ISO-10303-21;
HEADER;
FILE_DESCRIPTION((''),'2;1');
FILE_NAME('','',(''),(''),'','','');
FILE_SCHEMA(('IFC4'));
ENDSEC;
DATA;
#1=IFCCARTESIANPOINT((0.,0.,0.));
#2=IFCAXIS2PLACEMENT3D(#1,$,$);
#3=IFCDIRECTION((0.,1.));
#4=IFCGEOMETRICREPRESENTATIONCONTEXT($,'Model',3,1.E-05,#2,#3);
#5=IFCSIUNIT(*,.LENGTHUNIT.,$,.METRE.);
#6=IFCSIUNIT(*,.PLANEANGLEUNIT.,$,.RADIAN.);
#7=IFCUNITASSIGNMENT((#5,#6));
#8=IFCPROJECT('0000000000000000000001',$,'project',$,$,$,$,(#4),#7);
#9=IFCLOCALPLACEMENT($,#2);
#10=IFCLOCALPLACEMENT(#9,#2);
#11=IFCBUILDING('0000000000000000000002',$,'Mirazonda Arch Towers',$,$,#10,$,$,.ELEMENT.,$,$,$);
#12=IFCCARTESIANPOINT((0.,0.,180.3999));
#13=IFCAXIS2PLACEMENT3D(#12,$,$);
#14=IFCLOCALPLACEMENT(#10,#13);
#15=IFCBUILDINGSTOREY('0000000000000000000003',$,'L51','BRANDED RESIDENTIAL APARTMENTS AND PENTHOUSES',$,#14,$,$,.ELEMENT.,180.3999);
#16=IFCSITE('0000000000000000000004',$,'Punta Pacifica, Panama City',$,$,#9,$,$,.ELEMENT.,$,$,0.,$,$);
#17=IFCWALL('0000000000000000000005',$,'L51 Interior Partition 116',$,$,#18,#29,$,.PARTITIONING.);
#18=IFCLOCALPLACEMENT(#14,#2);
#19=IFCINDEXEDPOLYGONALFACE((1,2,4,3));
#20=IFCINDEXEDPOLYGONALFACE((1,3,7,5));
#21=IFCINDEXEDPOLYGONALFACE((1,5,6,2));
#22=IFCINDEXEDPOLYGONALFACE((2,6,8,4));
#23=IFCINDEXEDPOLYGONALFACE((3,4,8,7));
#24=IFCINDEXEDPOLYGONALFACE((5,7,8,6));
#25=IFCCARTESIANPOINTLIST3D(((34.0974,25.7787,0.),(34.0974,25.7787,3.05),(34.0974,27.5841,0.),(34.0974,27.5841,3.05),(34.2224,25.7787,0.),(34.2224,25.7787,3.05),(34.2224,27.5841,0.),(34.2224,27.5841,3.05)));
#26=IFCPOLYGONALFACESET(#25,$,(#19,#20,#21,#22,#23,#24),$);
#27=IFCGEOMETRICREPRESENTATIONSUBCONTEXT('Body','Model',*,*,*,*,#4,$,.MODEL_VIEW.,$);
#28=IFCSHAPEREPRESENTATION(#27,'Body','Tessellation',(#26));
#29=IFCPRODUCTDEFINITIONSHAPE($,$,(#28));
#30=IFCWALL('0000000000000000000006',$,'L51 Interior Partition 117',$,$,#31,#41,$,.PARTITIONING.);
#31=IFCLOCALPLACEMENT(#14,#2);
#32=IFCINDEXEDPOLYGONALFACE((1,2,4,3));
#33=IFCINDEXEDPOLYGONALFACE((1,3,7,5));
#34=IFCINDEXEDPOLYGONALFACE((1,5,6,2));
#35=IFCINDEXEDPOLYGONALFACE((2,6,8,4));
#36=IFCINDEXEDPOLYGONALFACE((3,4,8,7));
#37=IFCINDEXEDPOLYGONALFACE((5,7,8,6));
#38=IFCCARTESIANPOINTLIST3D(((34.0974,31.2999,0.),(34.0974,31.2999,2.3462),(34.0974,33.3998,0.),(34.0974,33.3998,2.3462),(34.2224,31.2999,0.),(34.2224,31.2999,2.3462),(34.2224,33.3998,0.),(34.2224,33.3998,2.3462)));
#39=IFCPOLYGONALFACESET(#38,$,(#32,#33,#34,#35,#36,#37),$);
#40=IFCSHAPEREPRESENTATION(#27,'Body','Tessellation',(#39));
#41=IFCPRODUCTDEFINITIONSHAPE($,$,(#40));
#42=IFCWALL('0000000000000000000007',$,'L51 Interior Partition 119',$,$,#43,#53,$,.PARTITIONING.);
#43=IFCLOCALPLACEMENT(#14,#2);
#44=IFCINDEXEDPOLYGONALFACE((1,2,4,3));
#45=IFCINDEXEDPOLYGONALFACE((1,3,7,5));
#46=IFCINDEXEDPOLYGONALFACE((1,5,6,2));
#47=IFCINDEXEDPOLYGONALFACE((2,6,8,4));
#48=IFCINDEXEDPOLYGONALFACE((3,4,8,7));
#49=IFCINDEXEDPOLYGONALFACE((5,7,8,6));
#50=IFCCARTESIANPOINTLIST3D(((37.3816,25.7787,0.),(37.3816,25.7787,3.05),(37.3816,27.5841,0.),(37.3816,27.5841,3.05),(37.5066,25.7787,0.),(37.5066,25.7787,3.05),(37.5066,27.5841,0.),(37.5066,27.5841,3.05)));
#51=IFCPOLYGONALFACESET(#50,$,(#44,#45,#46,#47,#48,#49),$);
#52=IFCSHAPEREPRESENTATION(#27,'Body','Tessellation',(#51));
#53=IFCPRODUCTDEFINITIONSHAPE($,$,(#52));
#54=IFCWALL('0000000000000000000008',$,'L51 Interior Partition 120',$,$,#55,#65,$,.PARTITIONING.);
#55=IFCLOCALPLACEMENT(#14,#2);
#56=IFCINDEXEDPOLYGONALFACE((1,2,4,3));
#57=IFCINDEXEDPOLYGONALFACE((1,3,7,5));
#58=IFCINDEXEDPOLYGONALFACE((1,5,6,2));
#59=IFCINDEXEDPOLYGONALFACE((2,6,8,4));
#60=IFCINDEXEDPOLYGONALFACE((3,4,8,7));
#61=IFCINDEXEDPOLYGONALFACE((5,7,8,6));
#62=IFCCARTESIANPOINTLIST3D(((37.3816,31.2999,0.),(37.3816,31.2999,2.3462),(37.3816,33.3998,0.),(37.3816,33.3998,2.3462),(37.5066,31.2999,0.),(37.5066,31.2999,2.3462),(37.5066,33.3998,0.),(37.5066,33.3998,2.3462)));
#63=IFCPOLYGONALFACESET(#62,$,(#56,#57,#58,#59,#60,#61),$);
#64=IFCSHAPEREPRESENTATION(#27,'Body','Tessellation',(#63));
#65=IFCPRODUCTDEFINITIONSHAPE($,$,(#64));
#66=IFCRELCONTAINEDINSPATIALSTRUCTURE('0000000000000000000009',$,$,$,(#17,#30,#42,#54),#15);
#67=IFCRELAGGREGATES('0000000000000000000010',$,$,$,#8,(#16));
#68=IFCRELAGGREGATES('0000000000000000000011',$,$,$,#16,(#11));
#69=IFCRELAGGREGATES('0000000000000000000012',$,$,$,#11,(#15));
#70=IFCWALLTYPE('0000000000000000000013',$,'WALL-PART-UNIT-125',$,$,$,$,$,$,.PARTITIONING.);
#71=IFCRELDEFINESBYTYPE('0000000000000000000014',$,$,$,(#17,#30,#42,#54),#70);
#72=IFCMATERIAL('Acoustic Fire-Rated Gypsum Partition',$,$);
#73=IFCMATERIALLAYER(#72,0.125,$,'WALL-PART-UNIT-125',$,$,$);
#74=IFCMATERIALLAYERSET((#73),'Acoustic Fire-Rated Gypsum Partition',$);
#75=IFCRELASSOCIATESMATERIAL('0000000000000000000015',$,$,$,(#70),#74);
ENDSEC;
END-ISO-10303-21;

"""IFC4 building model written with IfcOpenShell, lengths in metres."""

from ifc_helpers import new_model, si_unit, direction, frame, frame_2d, origin, place, context, subcontext, project, spatial, rectangle, extrude, material, layer, layer_set, type_object, element, save


model = new_model("IFC4")

# Units and contexts
model_context = context("Model", 3, precision=1e-05, world=origin(), true_north=direction((0.0, 1.0)))
body_context = subcontext(model_context, "Body", "Model", "MODEL_VIEW")
ifc_project = project(units=[si_unit("LENGTHUNIT", "METRE"), si_unit("PLANEANGLEUNIT", "RADIAN")], contexts=[model_context])

# Site, building, storey
site_placement = place(None, origin())
site = spatial("IfcSite", under=ifc_project, at=site_placement, Name="Punta Pacifica, Panama City", CompositionType="ELEMENT", RefElevation=0.0)
building_placement = place(site_placement, origin())
building = spatial("IfcBuilding", under=site, at=building_placement, Name="Mirazonda Arch Towers", CompositionType="ELEMENT")
storey_placement = place(building_placement, frame((0.0, 0.0, 180.3999)))
storey = spatial("IfcBuildingStorey", under=building, at=storey_placement, Name="L51", Description="BRANDED RESIDENTIAL APARTMENTS AND PENTHOUSES", CompositionType="ELEMENT", Elevation=180.3999)

# Walls
ifc_material_1 = material(Name="Acoustic Fire-Rated Gypsum Partition")
ifc_layer_1 = layer(ifc_material_1, 0.125, Name="WALL-PART-UNIT-125")
ifc_layer_set_1 = layer_set([ifc_layer_1], Name="Acoustic Fire-Rated Gypsum Partition")
wall_type_1 = type_object("IfcWallType", Name="WALL-PART-UNIT-125", PredefinedType="PARTITIONING", material=ifc_layer_set_1)
wall_1_placement = place(storey_placement, frame((34.1599, 25.7786, 0.0), z_axis=(0.0, 0.0, 1.0), x_axis=(0.0, 1.0, 0.0)))
element("IfcWall", 1, at=wall_1_placement, inside=storey, type_object=wall_type_1, Name="L51 Interior Partition 116", PredefinedType="PARTITIONING", context=body_context, shape_type="SweptSolid", body=[
    extrude(rectangle(XDim=1.8054, YDim=0.125, at=frame_2d((0.9028, 0.0))), origin(), (0.0, 0.0, 1.0), 3.05),
])
wall_2_placement = place(storey_placement, frame((34.1599, 31.3, 0.0), z_axis=(0.0, 0.0, 1.0), x_axis=(0.0, 1.0, 0.0)))
element("IfcWall", 2, at=wall_2_placement, inside=storey, type_object=wall_type_1, Name="L51 Interior Partition 117", PredefinedType="PARTITIONING", context=body_context, shape_type="SweptSolid", body=[
    extrude(rectangle(XDim=2.0999, YDim=0.125, at=frame_2d((1.0498, 0.0))), origin(), (0.0, 0.0, 1.0), 2.3462),
])
wall_3_placement = place(storey_placement, frame((37.4441, 25.7786, 0.0), z_axis=(0.0, 0.0, 1.0), x_axis=(0.0, 1.0, 0.0)))
element("IfcWall", 3, at=wall_3_placement, inside=storey, type_object=wall_type_1, Name="L51 Interior Partition 119", PredefinedType="PARTITIONING", context=body_context, shape_type="SweptSolid", body=[
    extrude(rectangle(XDim=1.8054, YDim=0.125, at=frame_2d((0.9028, 0.0))), origin(), (0.0, 0.0, 1.0), 3.05),
])
wall_4_placement = place(storey_placement, frame((37.4441, 31.3, 0.0), z_axis=(0.0, 0.0, 1.0), x_axis=(0.0, 1.0, 0.0)))
element("IfcWall", 4, at=wall_4_placement, inside=storey, type_object=wall_type_1, Name="L51 Interior Partition 120", PredefinedType="PARTITIONING", context=body_context, shape_type="SweptSolid", body=[
    extrude(rectangle(XDim=2.0999, YDim=0.125, at=frame_2d((1.0498, 0.0))), origin(), (0.0, 0.0, 1.0), 2.3462),
])

save(model, "model.ifc")
